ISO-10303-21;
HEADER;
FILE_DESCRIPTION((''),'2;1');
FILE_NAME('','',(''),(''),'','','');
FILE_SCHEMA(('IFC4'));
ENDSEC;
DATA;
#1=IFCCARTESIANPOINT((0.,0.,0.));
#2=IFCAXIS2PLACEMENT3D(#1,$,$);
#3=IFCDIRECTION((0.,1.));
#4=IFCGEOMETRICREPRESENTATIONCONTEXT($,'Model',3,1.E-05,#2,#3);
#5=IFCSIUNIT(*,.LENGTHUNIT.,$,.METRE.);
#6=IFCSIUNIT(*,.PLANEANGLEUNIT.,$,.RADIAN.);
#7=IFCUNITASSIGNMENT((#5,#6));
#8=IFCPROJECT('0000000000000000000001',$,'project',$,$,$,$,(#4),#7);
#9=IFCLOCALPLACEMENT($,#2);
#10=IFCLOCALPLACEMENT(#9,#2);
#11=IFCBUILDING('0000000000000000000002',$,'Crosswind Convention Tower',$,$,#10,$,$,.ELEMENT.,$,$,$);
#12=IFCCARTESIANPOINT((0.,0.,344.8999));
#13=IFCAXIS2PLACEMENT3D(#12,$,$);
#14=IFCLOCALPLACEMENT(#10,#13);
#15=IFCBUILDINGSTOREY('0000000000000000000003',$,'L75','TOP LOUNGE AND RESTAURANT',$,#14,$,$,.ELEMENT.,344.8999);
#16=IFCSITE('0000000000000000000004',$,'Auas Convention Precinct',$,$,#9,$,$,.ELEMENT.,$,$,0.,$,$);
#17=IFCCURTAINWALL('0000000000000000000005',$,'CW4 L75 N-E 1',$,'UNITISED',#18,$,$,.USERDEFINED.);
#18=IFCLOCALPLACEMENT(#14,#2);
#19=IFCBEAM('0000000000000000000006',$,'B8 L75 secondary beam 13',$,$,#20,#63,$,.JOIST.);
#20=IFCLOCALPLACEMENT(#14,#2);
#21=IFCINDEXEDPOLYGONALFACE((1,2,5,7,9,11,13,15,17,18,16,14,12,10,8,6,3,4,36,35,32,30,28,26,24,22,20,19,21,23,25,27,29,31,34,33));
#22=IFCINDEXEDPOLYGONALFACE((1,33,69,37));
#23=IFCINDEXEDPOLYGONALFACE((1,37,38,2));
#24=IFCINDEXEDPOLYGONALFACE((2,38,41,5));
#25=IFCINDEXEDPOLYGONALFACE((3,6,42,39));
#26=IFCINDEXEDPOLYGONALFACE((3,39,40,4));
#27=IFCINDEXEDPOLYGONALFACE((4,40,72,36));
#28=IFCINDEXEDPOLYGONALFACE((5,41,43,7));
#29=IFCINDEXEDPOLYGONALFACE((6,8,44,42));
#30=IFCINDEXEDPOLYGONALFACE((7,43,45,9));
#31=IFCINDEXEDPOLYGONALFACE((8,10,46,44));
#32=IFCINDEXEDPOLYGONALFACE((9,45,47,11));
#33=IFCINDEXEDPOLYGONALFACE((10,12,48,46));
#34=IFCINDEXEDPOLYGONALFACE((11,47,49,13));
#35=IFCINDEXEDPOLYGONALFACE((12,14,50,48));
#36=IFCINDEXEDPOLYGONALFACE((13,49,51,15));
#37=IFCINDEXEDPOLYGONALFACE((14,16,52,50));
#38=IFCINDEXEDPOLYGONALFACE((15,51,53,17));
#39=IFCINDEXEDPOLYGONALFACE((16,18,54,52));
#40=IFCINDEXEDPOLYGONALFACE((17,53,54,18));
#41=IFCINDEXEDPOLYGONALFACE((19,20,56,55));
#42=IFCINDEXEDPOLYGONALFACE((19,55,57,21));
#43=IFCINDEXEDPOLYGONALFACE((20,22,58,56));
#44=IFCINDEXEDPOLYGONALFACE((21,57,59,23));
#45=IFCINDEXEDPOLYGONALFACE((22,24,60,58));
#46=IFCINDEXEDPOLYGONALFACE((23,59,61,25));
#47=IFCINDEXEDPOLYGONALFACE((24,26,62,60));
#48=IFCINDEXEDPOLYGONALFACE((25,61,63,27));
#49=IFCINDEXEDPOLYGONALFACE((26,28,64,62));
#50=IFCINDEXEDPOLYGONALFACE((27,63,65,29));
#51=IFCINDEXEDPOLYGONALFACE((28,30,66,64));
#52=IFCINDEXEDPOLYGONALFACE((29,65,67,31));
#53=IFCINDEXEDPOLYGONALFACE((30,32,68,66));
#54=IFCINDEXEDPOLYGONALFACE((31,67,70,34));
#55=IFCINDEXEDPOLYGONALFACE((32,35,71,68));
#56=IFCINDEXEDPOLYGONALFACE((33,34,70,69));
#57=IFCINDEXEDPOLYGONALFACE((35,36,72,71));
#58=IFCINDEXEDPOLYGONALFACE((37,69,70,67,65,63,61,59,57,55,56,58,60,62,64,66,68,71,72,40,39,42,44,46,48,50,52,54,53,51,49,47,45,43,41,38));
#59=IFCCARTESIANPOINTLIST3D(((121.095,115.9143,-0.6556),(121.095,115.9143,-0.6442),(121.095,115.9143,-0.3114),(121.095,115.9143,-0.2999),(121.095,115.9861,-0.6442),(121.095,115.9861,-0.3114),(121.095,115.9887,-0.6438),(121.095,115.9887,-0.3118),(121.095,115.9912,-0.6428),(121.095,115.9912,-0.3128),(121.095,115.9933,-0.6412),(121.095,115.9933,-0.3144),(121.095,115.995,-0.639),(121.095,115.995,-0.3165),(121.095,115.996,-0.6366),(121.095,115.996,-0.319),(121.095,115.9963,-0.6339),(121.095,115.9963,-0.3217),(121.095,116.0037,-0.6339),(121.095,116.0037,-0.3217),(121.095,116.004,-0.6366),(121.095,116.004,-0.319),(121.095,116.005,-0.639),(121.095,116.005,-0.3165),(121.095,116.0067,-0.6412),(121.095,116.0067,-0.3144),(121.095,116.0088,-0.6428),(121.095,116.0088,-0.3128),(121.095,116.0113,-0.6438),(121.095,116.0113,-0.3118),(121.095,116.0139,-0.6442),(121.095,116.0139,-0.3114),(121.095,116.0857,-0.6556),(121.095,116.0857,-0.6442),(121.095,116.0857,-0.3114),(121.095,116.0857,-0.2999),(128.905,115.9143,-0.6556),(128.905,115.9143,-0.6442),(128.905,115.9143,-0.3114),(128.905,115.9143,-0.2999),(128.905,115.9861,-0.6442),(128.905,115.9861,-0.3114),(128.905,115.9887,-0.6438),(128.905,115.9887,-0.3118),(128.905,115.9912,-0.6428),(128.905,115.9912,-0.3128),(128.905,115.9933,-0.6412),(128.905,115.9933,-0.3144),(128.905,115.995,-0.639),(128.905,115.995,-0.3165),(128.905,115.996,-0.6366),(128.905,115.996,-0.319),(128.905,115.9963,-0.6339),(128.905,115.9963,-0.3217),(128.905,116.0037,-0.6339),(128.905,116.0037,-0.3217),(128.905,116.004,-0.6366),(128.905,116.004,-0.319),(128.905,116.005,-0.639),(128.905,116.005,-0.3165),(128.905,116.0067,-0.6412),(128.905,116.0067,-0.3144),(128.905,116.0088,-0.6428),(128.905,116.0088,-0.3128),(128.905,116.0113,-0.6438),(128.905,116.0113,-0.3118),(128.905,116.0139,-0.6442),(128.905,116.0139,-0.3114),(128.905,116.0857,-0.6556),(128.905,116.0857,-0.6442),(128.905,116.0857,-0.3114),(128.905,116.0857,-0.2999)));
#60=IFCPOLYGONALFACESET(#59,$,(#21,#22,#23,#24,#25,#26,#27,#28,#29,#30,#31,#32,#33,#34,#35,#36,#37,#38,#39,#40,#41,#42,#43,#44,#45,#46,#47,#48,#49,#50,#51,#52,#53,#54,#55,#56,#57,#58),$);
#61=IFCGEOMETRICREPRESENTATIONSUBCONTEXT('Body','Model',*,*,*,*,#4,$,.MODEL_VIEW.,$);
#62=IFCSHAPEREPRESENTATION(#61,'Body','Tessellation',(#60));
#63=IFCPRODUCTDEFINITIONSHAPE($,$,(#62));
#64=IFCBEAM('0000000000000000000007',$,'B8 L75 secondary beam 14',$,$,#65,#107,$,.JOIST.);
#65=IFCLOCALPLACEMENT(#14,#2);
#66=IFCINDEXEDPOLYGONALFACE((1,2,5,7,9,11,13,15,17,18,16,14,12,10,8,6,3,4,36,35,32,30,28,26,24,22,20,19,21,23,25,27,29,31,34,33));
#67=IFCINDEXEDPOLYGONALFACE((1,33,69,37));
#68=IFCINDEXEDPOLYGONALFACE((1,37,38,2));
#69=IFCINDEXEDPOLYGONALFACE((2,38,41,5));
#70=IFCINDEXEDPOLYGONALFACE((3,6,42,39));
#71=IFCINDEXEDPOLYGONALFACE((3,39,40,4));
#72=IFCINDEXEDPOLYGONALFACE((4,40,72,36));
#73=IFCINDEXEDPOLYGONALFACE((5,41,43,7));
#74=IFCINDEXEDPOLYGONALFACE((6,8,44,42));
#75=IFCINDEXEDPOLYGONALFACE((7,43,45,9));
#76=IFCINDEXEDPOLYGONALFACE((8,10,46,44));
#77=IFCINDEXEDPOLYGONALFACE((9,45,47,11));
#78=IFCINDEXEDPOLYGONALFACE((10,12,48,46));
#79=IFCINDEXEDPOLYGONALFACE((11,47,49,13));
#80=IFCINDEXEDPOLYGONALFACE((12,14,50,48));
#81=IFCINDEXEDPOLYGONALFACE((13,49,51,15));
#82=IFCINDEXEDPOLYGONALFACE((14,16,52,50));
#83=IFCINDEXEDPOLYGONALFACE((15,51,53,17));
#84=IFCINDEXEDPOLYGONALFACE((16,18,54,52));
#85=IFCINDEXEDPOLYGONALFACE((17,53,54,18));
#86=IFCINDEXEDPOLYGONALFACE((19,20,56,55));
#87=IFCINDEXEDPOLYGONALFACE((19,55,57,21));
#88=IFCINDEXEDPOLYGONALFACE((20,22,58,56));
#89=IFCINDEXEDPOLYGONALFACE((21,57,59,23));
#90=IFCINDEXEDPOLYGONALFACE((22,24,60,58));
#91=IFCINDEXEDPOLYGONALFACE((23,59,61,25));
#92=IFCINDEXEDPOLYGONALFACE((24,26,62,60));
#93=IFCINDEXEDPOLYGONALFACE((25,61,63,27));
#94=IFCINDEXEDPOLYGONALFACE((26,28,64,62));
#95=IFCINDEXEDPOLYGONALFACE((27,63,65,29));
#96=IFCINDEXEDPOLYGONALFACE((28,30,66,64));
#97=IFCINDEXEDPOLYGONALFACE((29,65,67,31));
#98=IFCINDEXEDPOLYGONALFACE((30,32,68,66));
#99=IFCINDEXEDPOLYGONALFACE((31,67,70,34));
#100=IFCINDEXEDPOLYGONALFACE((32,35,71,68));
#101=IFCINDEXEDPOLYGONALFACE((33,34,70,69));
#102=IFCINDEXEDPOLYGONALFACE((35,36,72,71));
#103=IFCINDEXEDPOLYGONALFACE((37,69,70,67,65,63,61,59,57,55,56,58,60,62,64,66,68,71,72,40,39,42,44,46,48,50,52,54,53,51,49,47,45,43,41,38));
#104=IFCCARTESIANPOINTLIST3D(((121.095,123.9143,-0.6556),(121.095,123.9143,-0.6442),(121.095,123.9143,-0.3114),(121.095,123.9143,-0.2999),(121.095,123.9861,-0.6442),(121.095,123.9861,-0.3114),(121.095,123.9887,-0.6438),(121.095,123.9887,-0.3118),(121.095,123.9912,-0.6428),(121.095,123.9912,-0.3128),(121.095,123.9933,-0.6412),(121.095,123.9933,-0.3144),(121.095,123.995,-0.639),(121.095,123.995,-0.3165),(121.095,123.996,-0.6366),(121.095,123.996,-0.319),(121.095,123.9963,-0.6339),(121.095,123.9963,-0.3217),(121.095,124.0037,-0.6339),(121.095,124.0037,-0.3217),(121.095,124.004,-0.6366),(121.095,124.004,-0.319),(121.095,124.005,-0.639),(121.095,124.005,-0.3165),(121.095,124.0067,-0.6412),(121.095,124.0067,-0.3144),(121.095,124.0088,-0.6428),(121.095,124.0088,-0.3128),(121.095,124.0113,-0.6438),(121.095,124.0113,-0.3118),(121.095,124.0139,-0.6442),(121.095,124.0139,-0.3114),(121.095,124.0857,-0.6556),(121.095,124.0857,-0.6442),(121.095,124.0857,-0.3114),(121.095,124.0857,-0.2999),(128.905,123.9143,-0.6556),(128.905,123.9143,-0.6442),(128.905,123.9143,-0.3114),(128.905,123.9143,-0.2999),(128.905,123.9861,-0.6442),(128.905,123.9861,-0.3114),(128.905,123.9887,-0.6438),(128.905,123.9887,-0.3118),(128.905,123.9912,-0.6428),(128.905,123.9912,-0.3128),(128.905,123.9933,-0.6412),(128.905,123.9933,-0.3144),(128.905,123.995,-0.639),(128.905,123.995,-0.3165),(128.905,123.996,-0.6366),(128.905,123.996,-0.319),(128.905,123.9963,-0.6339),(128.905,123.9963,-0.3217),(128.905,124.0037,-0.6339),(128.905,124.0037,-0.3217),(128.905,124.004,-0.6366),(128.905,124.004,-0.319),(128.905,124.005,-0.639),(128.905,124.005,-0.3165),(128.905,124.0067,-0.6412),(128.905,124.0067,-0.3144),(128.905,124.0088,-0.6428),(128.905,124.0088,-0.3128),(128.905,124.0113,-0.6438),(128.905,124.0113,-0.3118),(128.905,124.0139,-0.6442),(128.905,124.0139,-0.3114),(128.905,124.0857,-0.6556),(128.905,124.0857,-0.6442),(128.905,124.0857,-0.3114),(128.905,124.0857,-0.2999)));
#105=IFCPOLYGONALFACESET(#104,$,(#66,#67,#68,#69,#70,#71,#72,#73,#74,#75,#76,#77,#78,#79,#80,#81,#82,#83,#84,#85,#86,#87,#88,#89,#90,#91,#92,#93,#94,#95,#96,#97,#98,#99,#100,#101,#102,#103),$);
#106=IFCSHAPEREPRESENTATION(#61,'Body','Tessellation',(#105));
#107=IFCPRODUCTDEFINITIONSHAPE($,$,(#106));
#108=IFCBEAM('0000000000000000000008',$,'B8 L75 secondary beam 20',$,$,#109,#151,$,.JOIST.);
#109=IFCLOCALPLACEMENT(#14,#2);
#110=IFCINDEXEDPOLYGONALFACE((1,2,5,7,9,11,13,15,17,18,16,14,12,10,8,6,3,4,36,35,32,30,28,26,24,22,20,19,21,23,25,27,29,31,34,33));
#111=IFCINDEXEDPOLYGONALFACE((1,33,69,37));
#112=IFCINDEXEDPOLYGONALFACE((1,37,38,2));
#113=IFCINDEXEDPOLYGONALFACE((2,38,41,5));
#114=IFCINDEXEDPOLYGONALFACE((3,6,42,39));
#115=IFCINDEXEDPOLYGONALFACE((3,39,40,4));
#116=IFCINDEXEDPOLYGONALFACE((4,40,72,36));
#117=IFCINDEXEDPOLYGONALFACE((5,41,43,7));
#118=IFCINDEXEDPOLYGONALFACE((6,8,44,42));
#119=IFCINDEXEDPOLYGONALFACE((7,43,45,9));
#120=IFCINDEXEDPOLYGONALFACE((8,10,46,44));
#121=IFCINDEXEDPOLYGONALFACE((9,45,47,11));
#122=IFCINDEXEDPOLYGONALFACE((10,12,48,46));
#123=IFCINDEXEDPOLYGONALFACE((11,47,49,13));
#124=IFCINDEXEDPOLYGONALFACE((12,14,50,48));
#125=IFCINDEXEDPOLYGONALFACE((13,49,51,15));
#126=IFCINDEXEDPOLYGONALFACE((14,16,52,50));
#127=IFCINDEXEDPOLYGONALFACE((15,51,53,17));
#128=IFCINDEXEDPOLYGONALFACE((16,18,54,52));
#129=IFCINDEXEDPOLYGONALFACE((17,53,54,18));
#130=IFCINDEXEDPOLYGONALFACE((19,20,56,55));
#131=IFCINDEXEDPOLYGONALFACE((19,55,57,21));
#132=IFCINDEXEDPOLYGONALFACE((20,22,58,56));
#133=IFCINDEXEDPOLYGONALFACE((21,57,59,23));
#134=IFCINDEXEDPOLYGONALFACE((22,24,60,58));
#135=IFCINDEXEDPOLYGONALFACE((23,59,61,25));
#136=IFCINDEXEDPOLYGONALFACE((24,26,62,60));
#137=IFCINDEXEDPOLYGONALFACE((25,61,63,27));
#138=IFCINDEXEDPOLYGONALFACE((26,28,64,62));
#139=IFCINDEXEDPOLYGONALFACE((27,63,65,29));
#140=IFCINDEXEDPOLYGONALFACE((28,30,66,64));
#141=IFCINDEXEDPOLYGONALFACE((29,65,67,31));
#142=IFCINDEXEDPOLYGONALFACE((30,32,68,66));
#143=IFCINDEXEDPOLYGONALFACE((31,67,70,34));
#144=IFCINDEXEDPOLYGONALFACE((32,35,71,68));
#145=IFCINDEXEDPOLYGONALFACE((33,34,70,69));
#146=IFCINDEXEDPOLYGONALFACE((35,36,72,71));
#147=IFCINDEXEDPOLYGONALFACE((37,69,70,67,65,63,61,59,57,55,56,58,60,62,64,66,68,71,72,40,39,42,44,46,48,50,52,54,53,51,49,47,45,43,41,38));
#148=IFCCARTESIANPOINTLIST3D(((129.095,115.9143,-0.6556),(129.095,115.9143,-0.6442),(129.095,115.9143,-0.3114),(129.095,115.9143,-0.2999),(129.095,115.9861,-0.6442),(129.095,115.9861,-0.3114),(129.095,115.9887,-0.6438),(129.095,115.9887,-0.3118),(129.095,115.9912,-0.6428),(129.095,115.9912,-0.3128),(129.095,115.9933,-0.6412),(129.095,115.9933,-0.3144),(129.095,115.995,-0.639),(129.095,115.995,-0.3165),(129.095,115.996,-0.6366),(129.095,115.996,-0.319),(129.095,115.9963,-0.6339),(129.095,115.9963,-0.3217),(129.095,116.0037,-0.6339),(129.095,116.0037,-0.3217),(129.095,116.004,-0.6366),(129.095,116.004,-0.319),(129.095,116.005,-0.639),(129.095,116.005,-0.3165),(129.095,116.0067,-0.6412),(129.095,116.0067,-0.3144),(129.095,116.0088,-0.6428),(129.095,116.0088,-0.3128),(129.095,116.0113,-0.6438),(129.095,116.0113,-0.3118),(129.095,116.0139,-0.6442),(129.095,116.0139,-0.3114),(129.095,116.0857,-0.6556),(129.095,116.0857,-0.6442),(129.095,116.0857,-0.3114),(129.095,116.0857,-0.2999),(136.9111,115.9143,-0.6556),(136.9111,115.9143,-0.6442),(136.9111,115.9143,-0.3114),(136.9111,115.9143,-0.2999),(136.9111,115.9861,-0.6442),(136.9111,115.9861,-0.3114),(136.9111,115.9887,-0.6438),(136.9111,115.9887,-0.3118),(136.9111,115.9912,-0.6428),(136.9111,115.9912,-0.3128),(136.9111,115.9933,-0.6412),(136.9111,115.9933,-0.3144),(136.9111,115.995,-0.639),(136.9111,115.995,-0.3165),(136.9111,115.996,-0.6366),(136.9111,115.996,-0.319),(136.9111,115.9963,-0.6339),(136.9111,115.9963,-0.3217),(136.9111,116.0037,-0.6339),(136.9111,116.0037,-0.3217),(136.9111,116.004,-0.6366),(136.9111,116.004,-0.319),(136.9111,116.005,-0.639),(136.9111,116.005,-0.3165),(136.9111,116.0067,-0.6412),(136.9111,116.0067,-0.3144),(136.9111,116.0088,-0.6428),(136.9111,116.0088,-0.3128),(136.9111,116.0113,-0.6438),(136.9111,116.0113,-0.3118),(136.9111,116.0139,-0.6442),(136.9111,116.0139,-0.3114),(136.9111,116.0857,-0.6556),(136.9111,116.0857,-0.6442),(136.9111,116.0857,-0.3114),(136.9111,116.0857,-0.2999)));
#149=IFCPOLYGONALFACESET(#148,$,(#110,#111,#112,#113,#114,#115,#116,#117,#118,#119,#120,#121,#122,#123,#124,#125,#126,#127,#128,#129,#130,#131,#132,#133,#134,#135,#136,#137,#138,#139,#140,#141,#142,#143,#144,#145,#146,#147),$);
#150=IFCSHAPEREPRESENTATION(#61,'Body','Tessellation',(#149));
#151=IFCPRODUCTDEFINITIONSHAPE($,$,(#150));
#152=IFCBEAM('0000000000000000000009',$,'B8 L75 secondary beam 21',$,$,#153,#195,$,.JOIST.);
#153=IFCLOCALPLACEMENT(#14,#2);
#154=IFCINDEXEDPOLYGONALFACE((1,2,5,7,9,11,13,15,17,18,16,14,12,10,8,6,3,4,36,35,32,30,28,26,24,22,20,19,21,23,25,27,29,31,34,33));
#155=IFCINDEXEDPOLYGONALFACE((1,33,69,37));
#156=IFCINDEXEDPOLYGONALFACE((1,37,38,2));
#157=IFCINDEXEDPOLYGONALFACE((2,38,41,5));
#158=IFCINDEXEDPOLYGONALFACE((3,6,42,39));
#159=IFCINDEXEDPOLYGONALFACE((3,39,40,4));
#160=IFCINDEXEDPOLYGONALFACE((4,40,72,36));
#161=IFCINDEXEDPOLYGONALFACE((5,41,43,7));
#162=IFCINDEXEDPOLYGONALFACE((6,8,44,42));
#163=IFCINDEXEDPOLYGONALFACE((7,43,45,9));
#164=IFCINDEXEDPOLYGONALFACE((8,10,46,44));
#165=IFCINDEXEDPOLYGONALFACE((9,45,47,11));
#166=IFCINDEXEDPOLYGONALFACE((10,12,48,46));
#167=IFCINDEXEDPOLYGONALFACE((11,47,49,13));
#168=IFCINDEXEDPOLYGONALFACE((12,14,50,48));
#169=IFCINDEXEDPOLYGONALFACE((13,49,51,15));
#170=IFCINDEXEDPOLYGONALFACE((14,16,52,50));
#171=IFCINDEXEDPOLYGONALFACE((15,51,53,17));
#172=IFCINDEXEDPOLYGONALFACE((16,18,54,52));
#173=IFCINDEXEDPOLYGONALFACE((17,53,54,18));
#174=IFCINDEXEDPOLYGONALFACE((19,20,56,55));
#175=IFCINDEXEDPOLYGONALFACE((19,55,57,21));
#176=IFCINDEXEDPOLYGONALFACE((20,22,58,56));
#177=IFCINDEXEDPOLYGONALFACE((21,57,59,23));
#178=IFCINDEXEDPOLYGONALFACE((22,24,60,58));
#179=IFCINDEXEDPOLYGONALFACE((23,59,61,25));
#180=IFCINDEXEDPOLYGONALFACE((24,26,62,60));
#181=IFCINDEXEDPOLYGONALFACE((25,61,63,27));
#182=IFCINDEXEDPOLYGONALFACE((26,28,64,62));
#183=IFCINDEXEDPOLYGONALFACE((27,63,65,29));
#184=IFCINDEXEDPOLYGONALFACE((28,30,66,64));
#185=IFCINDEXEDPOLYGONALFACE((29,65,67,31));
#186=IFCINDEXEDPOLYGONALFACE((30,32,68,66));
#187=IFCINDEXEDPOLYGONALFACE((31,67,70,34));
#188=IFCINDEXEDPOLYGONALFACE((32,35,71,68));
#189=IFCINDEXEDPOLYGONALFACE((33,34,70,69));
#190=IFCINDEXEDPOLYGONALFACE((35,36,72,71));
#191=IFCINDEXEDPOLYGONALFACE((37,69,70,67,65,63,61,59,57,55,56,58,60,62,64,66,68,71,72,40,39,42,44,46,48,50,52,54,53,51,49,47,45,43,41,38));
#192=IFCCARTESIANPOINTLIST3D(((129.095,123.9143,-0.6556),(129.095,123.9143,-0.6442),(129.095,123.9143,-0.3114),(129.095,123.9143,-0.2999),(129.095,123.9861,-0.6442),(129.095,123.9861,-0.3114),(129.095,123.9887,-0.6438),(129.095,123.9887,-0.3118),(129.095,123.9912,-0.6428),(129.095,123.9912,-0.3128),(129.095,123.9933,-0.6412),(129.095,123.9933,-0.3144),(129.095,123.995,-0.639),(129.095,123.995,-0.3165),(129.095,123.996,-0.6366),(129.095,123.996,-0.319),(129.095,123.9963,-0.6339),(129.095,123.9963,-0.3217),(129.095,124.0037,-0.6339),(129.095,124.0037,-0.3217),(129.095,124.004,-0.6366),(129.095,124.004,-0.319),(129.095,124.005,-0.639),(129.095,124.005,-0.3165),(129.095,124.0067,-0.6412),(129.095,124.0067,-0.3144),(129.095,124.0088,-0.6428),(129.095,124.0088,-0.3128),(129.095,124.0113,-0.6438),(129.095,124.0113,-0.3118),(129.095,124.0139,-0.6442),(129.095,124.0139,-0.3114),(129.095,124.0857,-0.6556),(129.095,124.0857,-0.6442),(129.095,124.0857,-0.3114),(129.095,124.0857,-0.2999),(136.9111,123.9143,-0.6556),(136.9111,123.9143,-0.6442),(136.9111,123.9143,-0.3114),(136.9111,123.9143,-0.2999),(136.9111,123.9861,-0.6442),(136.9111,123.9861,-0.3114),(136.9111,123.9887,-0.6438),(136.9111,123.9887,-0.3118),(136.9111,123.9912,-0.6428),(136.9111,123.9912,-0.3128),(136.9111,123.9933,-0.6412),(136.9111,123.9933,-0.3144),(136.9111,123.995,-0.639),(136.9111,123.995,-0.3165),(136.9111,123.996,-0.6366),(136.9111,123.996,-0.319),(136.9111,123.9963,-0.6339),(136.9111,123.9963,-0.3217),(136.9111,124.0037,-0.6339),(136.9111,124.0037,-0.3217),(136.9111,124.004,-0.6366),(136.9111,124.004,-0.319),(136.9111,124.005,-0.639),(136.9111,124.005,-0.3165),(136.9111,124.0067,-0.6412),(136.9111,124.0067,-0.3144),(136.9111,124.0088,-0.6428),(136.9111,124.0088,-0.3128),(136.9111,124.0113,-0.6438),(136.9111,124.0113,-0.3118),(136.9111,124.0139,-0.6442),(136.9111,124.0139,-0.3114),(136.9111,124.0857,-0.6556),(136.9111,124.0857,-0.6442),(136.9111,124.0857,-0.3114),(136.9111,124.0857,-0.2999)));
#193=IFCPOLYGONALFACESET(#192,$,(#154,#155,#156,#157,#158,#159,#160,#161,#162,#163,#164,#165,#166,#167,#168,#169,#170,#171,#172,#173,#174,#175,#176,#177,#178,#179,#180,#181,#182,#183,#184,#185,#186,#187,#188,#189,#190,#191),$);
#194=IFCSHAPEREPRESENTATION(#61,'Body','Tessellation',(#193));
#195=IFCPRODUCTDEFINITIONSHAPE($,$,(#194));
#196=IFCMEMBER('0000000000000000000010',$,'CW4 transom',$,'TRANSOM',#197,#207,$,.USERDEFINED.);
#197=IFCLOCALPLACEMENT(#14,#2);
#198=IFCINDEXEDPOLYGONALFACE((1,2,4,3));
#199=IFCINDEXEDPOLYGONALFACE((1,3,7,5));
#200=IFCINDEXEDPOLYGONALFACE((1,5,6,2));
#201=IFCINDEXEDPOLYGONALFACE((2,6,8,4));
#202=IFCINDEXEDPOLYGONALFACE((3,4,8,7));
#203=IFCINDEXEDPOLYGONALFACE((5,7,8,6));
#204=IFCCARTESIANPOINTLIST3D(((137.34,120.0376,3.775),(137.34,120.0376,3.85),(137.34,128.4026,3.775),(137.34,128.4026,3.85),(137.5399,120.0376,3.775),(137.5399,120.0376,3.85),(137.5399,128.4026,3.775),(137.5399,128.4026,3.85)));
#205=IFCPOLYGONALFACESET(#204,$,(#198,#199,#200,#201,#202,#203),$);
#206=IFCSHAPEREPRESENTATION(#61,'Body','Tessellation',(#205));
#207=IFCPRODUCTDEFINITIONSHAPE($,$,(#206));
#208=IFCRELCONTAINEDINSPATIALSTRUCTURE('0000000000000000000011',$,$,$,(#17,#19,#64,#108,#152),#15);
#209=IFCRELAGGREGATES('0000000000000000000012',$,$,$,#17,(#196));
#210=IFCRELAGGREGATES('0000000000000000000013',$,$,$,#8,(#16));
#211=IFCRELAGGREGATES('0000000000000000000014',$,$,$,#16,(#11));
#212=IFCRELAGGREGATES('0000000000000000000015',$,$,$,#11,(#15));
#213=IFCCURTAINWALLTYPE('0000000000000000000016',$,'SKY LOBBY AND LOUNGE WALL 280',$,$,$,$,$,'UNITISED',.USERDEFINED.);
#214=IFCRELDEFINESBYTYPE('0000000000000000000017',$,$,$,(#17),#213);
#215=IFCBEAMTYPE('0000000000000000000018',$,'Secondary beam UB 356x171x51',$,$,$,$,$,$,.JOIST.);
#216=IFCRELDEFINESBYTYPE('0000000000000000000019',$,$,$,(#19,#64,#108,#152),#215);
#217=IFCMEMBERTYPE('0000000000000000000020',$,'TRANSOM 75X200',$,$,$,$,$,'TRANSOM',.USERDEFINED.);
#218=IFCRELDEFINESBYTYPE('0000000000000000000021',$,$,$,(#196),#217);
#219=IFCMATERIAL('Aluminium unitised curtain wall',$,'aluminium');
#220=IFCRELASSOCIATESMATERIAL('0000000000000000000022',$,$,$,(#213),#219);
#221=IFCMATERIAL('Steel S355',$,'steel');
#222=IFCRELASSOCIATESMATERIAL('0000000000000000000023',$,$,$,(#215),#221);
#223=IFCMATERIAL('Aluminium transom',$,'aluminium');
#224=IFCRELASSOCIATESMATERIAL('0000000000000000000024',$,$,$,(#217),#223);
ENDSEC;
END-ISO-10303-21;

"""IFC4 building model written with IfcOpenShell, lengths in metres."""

from ifc_helpers import new_model, si_unit, direction, frame, origin, origin_2d, place, context, subcontext, project, spatial, rectangle, i_section, extrude, material, material_profile, profile_set, type_object, element, aggregate, save


model = new_model("IFC4")

# Units and contexts
model_context = context("Model", 3, precision=1e-05, world=origin(), true_north=direction((0.0, 1.0)))
body_context = subcontext(model_context, "Body", "Model", "MODEL_VIEW")
ifc_project = project(units=[si_unit("LENGTHUNIT", "METRE"), si_unit("PLANEANGLEUNIT", "RADIAN")], contexts=[model_context])

# Site, building, storey
site_placement = place(None, origin())
site = spatial("IfcSite", under=ifc_project, at=site_placement, Name="Auas Convention Precinct", CompositionType="ELEMENT", RefElevation=0.0)
building_placement = place(site_placement, origin())
building = spatial("IfcBuilding", under=site, at=building_placement, Name="Crosswind Convention Tower", CompositionType="ELEMENT")
storey_placement = place(building_placement, frame((0.0, 0.0, 344.8999)))
storey = spatial("IfcBuildingStorey", under=building, at=storey_placement, Name="L75", Description="TOP LOUNGE AND RESTAURANT", CompositionType="ELEMENT", Elevation=344.8999)

# Shared definitions
ifc_material_1 = material(Name="Steel S355", Category="steel")

# Curtain wall
ifc_material_2 = material(Name="Aluminium unitised curtain wall", Category="aluminium")
curtain_wall_type = type_object("IfcCurtainWallType", Name="SKY LOBBY AND LOUNGE WALL 280", ElementType="UNITISED", PredefinedType="USERDEFINED", material=ifc_material_2)
curtain_wall_1_placement = place(storey_placement, origin())
curtain_wall_1 = element("IfcCurtainWall", 1, at=curtain_wall_1_placement, inside=storey, type_object=curtain_wall_type, Name="CW4 L75 N-E 1", ObjectType="UNITISED", PredefinedType="USERDEFINED")

# Beams
ifc_material_profile_1 = material_profile(ifc_material_1, i_section(OverallWidth=0.1714, OverallDepth=0.3557, WebThickness=0.0073, FlangeThickness=0.0115, FilletRadius=0.0103, at=origin_2d()), Name="UB 356x171x51")
ifc_profile_set_1 = profile_set([ifc_material_profile_1], Name="Steel S355")
beam_type_1 = type_object("IfcBeamType", Name="Secondary beam UB 356x171x51", PredefinedType="JOIST", material=ifc_profile_set_1)
for number, where, z_axis, x_axis, name in (
    (2, (121.095, 116.0, -0.4778), (1.0, 0.0, 0.0), (0.0, 1.0, 0.0), "B8 L75 secondary beam 13"),
    (3, (121.095, 124.0, -0.4778), (1.0, 0.0, 0.0), (0.0, 1.0, 0.0), "B8 L75 secondary beam 14"),
):
    element("IfcBeam", number, at=place(storey_placement, frame(where, z_axis=z_axis, x_axis=x_axis)), inside=storey, type_object=beam_type_1, Name=name, PredefinedType="JOIST", context=body_context, shape_type="SweptSolid", body=[
        extrude(i_section(OverallWidth=0.1714, OverallDepth=0.3557, WebThickness=0.0073, FlangeThickness=0.0115, FilletRadius=0.0103, at=origin_2d()), origin(), (0.0, 0.0, 1.0), 7.8101),
    ])
for number, where, z_axis, x_axis, name in (
    (4, (129.095, 116.0, -0.4778), (1.0, 0.0, 0.0), (0.0, 1.0, 0.0), "B8 L75 secondary beam 20"),
    (5, (129.095, 124.0, -0.4778), (1.0, 0.0, 0.0), (0.0, 1.0, 0.0), "B8 L75 secondary beam 21"),
):
    element("IfcBeam", number, at=place(storey_placement, frame(where, z_axis=z_axis, x_axis=x_axis)), inside=storey, type_object=beam_type_1, Name=name, PredefinedType="JOIST", context=body_context, shape_type="SweptSolid", body=[
        extrude(i_section(OverallWidth=0.1714, OverallDepth=0.3557, WebThickness=0.0073, FlangeThickness=0.0115, FilletRadius=0.0103, at=origin_2d()), origin(), (0.0, 0.0, 1.0), 7.8162),
    ])

# Member
ifc_material_3 = material(Name="Aluminium transom", Category="aluminium")
ifc_material_profile_2 = material_profile(ifc_material_3, rectangle(XDim=0.2, YDim=0.075, at=origin_2d()), Name="AL 200X75")
ifc_profile_set_2 = profile_set([ifc_material_profile_2], Name="Aluminium transom")
member_type_1 = type_object("IfcMemberType", Name="TRANSOM 75X200", ElementType="TRANSOM", PredefinedType="USERDEFINED", material=ifc_profile_set_2)
member_1_placement = place(storey_placement, frame((137.4399, 120.0376, 3.8125), z_axis=(0.0, 1.0, 0.0), x_axis=(-1.0, 0.0, 0.0)))
member_1 = element("IfcMember", 6, at=member_1_placement, type_object=member_type_1, Name="CW4 transom", ObjectType="TRANSOM", PredefinedType="USERDEFINED", context=body_context, shape_type="SweptSolid", body=[
    extrude(rectangle(XDim=0.2, YDim=0.075, at=origin_2d()), origin(), (0.0, 0.0, 1.0), 8.365),
])

aggregate(curtain_wall_1, [member_1])

save(model, "model.ifc")
